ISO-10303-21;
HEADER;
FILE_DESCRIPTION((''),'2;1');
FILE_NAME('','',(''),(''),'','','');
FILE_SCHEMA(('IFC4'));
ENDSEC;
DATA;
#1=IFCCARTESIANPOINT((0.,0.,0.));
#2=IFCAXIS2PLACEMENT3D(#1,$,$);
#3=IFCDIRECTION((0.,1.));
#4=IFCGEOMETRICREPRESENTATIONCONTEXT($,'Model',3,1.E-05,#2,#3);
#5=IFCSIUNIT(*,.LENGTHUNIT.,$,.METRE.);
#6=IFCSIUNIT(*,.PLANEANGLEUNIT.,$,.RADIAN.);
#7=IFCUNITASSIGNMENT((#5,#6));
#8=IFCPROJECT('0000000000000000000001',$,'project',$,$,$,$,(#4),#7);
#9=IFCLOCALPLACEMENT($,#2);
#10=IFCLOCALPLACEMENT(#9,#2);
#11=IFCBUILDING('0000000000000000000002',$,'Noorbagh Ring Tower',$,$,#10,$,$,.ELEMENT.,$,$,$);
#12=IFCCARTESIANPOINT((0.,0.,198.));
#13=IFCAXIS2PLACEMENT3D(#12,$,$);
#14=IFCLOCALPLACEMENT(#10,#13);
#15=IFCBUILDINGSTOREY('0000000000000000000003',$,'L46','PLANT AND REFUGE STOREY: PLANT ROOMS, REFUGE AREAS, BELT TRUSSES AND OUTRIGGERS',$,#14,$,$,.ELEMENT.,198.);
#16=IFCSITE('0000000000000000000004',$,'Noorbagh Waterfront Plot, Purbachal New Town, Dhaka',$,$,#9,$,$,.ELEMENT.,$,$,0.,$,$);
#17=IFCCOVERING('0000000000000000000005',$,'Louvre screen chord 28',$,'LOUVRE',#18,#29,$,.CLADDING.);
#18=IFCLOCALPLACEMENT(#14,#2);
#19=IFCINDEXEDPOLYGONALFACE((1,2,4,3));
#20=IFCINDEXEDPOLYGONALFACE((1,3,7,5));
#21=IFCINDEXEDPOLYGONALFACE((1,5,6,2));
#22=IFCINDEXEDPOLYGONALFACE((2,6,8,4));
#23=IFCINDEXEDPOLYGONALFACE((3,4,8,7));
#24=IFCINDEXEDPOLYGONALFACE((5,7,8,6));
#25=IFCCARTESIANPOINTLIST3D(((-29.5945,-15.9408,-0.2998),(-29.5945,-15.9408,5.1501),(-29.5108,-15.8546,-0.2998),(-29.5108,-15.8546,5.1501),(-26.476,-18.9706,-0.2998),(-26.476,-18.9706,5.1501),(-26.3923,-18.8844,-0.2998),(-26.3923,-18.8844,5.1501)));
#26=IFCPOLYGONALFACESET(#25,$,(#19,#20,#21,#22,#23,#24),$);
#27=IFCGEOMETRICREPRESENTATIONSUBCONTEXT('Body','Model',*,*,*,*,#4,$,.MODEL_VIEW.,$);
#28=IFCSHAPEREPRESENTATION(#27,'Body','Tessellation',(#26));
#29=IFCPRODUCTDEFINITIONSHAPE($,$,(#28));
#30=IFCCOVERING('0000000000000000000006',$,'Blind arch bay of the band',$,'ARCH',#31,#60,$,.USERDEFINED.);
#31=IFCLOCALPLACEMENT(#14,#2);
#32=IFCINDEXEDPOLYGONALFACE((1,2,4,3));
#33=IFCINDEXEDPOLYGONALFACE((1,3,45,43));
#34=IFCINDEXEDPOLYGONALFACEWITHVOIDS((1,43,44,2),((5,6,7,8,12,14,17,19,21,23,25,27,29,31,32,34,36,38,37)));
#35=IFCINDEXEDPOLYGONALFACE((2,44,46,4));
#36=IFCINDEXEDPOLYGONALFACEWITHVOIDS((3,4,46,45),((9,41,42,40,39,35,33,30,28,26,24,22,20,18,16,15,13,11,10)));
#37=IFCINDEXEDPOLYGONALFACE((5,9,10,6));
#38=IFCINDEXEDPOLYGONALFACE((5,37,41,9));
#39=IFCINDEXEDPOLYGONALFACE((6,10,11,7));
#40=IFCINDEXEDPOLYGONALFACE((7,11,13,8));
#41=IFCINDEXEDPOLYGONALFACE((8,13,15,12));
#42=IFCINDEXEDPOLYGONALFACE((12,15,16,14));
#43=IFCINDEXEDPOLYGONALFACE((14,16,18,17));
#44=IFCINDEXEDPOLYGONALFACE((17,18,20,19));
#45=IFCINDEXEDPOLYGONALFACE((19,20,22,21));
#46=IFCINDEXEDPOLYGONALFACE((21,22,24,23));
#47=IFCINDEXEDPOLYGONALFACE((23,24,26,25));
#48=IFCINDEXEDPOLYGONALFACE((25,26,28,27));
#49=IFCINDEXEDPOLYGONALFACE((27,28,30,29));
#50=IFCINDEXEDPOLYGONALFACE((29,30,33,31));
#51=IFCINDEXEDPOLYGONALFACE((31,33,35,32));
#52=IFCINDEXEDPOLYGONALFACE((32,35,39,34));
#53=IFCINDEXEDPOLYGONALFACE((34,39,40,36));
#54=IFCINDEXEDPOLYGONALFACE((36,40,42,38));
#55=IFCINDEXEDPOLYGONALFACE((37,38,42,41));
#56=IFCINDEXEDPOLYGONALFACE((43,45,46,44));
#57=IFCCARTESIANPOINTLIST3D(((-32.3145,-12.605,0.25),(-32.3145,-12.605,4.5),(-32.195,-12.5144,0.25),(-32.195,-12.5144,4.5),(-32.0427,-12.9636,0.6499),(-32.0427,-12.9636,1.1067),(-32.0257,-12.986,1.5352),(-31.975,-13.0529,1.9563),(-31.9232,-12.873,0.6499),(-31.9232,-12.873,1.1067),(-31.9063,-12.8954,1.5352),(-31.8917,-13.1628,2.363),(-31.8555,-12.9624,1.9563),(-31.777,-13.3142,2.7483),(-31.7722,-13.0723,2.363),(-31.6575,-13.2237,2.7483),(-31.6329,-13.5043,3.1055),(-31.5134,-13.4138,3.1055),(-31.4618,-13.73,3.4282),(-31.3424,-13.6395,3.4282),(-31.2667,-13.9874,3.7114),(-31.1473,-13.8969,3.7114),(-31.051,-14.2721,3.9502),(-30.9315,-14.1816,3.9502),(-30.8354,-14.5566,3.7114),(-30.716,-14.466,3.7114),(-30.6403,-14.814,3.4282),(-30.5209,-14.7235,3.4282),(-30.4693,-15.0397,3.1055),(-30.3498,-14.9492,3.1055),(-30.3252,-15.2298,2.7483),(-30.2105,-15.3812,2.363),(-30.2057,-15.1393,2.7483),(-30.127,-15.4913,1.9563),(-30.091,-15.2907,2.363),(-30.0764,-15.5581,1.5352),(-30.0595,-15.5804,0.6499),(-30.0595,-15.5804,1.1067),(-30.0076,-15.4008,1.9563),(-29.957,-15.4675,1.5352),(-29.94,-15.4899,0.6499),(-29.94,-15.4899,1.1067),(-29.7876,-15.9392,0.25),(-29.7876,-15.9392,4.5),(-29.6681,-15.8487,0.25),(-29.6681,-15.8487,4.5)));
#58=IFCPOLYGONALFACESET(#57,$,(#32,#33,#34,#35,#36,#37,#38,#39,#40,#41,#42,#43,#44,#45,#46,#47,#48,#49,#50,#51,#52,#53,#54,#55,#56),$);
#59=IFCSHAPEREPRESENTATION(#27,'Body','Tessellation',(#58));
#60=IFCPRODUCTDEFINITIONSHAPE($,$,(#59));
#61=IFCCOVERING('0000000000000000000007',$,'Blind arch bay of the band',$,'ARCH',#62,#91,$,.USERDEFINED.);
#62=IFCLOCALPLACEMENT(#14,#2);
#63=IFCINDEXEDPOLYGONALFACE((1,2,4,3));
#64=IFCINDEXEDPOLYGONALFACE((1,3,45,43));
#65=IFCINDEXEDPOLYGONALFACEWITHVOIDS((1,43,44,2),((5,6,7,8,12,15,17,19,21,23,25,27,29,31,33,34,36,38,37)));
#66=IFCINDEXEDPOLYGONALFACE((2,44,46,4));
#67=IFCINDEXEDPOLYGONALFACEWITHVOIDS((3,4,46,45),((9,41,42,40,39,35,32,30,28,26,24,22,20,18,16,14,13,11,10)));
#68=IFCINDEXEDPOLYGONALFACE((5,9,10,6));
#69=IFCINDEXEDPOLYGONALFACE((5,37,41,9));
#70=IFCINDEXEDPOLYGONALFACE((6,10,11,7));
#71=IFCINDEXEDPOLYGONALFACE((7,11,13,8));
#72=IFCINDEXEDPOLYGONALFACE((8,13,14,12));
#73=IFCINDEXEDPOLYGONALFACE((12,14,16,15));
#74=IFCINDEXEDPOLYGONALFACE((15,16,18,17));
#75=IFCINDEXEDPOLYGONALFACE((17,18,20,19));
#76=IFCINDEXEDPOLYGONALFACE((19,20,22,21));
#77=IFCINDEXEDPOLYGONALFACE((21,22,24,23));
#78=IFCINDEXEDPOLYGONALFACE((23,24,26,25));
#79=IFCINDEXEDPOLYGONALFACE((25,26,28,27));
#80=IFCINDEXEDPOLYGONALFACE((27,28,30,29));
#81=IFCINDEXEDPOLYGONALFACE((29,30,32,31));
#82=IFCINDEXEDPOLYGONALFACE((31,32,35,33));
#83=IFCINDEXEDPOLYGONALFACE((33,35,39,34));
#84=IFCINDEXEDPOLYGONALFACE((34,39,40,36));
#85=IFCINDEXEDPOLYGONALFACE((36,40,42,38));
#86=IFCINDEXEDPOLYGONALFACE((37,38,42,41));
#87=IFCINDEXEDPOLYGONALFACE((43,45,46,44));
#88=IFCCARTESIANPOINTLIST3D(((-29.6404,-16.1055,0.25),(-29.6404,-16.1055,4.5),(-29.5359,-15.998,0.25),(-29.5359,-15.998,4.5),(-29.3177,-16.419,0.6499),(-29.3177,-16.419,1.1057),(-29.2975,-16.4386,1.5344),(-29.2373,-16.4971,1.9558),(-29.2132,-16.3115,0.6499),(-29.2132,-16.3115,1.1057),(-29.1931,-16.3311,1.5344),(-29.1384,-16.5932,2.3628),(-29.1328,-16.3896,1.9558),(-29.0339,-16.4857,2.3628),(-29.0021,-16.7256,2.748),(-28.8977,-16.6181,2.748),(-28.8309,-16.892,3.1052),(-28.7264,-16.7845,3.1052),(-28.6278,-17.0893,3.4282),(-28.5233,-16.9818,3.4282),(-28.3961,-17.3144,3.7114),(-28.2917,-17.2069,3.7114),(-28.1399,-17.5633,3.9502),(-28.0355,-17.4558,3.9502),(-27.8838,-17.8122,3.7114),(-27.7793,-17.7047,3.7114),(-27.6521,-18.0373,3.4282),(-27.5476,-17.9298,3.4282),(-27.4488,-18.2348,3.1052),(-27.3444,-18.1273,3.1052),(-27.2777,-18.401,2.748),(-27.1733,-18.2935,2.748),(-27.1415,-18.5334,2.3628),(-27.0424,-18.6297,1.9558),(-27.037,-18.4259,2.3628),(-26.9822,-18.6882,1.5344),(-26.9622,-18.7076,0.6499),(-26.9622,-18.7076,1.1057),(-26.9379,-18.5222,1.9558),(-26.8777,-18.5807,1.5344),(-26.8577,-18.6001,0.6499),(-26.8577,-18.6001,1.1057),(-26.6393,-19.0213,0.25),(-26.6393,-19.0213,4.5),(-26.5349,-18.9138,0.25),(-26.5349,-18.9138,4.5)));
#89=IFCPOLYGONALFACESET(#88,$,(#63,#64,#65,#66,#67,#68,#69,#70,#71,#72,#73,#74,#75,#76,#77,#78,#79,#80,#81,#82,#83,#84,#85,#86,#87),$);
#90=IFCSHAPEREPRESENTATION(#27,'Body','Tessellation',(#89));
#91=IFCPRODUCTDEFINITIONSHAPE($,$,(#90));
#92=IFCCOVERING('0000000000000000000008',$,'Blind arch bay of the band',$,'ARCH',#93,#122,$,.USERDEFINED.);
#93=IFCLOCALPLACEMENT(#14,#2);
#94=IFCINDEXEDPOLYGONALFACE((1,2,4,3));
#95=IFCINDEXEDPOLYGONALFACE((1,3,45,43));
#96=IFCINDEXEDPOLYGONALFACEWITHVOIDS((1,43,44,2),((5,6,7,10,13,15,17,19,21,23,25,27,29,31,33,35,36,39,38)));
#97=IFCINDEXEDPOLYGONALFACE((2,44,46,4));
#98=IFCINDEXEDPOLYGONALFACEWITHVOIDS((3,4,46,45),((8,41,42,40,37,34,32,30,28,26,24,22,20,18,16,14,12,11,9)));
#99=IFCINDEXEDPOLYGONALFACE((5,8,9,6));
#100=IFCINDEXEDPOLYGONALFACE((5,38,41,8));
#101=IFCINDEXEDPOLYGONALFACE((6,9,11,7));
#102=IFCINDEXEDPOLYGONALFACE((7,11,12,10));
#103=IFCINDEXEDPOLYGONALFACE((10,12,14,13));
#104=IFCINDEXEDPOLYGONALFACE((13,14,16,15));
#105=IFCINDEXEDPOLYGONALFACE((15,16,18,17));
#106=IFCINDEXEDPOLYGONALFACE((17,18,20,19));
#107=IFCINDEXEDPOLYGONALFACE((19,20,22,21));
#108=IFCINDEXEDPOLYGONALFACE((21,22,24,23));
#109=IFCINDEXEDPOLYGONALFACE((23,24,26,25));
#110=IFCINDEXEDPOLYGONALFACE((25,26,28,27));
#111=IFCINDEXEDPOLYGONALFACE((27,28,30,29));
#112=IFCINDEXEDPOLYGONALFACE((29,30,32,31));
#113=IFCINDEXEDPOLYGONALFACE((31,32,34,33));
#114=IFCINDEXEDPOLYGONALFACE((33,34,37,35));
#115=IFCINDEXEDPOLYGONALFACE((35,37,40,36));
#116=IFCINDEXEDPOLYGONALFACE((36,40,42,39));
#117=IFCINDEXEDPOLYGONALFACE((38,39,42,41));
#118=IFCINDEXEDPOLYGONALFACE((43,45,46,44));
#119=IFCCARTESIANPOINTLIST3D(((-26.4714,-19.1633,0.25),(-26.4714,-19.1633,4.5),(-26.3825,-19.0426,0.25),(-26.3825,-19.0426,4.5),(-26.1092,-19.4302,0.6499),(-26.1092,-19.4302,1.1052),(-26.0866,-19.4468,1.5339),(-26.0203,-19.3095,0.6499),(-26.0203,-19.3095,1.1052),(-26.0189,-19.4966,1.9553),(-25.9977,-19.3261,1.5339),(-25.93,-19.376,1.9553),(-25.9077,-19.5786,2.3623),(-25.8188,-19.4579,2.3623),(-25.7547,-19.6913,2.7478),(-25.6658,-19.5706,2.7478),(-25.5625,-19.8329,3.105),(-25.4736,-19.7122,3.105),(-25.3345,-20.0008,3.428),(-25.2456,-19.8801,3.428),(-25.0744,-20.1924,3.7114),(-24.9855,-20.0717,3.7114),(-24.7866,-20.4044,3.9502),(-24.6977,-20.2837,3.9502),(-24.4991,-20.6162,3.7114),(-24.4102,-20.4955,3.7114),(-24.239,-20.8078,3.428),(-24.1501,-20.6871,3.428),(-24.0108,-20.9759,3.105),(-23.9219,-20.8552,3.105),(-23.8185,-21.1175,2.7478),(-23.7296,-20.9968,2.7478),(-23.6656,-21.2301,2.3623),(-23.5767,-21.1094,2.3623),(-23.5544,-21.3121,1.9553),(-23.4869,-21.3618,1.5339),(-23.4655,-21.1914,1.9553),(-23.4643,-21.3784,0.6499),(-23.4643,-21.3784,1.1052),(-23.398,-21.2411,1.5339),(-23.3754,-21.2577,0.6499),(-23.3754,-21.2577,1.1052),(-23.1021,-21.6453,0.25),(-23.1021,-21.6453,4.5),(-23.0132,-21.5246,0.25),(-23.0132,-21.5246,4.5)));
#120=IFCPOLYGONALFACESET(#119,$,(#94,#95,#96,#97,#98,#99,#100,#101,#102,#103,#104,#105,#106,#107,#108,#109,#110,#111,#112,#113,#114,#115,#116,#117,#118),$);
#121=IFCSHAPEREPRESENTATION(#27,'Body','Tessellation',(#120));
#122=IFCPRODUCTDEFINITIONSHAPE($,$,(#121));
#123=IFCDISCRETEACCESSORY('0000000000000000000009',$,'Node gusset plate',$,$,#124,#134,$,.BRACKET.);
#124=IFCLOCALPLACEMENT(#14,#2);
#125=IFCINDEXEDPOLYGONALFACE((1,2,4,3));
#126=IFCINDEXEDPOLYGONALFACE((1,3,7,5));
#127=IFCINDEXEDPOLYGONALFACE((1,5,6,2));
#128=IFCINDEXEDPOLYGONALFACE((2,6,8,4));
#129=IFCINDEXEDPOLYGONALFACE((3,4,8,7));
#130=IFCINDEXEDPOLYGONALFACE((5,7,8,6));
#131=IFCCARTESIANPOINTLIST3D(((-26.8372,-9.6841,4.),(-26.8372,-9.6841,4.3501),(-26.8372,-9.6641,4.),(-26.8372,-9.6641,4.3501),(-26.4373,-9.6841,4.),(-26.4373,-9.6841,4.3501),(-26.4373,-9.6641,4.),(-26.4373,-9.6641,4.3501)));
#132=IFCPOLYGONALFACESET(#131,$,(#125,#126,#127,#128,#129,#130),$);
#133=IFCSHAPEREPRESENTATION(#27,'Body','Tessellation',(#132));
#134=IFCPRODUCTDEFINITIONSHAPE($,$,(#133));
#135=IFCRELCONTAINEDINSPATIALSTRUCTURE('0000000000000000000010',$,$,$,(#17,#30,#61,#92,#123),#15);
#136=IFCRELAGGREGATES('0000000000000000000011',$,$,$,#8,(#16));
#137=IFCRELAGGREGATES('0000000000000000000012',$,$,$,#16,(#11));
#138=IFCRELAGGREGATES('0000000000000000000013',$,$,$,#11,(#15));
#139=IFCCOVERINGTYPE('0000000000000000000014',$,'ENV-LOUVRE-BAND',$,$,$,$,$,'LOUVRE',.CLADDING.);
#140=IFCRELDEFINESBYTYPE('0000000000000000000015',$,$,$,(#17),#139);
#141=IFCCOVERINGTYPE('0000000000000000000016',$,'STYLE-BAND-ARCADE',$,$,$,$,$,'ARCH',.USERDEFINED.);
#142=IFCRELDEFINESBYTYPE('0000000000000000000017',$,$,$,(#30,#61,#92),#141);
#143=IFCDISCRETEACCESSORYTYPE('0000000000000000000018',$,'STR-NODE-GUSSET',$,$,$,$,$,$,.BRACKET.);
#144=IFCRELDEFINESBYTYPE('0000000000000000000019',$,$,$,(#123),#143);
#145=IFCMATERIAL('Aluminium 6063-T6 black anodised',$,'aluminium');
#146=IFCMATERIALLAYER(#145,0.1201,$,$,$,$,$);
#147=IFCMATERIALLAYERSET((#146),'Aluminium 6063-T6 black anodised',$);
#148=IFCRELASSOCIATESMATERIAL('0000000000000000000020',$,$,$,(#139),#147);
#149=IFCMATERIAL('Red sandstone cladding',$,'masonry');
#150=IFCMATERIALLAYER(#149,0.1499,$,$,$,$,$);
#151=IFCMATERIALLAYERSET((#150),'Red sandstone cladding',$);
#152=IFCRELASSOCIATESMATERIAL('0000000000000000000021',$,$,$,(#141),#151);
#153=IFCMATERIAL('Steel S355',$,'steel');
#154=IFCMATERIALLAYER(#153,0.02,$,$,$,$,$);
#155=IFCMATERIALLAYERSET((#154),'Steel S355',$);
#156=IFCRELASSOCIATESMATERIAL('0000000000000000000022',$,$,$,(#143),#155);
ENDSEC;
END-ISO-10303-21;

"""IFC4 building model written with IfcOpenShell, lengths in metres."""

from ifc_helpers import new_model, si_unit, direction, frame, origin, origin_2d, place, context, subcontext, project, spatial, polyline, rectangle, outline, extrude, material, layer, layer_set, type_object, element, save


model = new_model("IFC4")

# Units and contexts
model_context = context("Model", 3, precision=1e-05, world=origin(), true_north=direction((0.0, 1.0)))
body_context = subcontext(model_context, "Body", "Model", "MODEL_VIEW")
ifc_project = project(units=[si_unit("LENGTHUNIT", "METRE"), si_unit("PLANEANGLEUNIT", "RADIAN")], contexts=[model_context])

# Site, building, storey
site_placement = place(None, origin())
site = spatial("IfcSite", under=ifc_project, at=site_placement, Name="Noorbagh Waterfront Plot, Purbachal New Town, Dhaka", CompositionType="ELEMENT", RefElevation=0.0)
building_placement = place(site_placement, origin())
building = spatial("IfcBuilding", under=site, at=building_placement, Name="Noorbagh Ring Tower", CompositionType="ELEMENT")
storey_placement = place(building_placement, frame((0.0, 0.0, 198.0)))
storey = spatial("IfcBuildingStorey", under=building, at=storey_placement, Name="L46", Description="PLANT AND REFUGE STOREY: PLANT ROOMS, REFUGE AREAS, BELT TRUSSES AND OUTRIGGERS", CompositionType="ELEMENT", Elevation=198.0)

# Coverings
ifc_material_1 = material(Name="Aluminium 6063-T6 black anodised", Category="aluminium")
ifc_layer_1 = layer(ifc_material_1, 0.1201)
ifc_layer_set_1 = layer_set([ifc_layer_1], Name="Aluminium 6063-T6 black anodised")
covering_type_1 = type_object("IfcCoveringType", Name="ENV-LOUVRE-BAND", ElementType="LOUVRE", PredefinedType="CLADDING", material=ifc_layer_set_1)
covering_1_placement = place(storey_placement, frame((-27.9934, -17.4126, -0.2998), z_axis=(0.0, 0.0, 1.0), x_axis=(0.717225, -0.696842, 0.0)))
element("IfcCovering", 1, at=covering_1_placement, inside=storey, type_object=covering_type_1, Name="Louvre screen chord 28", ObjectType="LOUVRE", PredefinedType="CLADDING", context=body_context, shape_type="SweptSolid", body=[
    extrude(rectangle(XDim=4.3479, YDim=0.1201, at=origin_2d()), origin(), (0.0, 0.0, 1.0), 5.45),
])
ifc_material_2 = material(Name="Red sandstone cladding", Category="masonry")
ifc_layer_2 = layer(ifc_material_2, 0.1499)
ifc_layer_set_2 = layer_set([ifc_layer_2], Name="Red sandstone cladding")
covering_type_2 = type_object("IfcCoveringType", Name="STYLE-BAND-ARCADE", ElementType="ARCH", PredefinedType="USERDEFINED", material=ifc_layer_set_2)
covering_2_placement = place(storey_placement, frame((-32.3145, -12.605, 0.25), z_axis=(-0.796986, -0.603998, 0.0), x_axis=(0.603998, -0.796986, 0.0)))
element("IfcCovering", 2, at=covering_2_placement, inside=storey, type_object=covering_type_2, Name="Blind arch bay of the band", ObjectType="ARCH", PredefinedType="USERDEFINED", context=body_context, shape_type="SweptSolid", body=[
    extrude(outline(polyline([(0.0, 0.0), (4.1836, 0.0), (4.1836, 4.25), (0.0, 4.25), (0.0, 0.0)]), holes=[polyline([(0.45, 0.3999), (0.45, 0.8567), (0.478, 1.2852), (0.562, 1.7063), (0.7, 2.113), (0.8899, 2.4983), (1.1284, 2.8555), (1.4116, 3.1782), (1.7346, 3.4614), (2.0918, 3.7002), (2.4487, 3.4614), (2.7717, 3.1782), (3.0549, 2.8555), (3.2935, 2.4983), (3.4834, 2.113), (3.6216, 1.7063), (3.7053, 1.2852), (3.7334, 0.8567), (3.7334, 0.3999), (0.45, 0.3999)])]), origin(), (0.0, 0.0, -1.0), 0.1499),
])
covering_3_placement = place(storey_placement, frame((-29.6404, -16.1055, 0.25), z_axis=(-0.696852, -0.717215, 0.0), x_axis=(0.717215, -0.696852, 0.0)))
element("IfcCovering", 3, at=covering_3_placement, inside=storey, type_object=covering_type_2, Name="Blind arch bay of the band", ObjectType="ARCH", PredefinedType="USERDEFINED", context=body_context, shape_type="SweptSolid", body=[
    extrude(outline(polyline([(0.0, 0.0), (4.1843, 0.0), (4.1843, 4.25), (0.0, 4.25), (0.0, 0.0)]), holes=[polyline([(0.45, 0.3999), (0.45, 0.8557), (0.478, 1.2844), (0.562, 1.7058), (0.7, 2.1128), (0.8899, 2.498), (1.1287, 2.8552), (1.4119, 3.1782), (1.7349, 3.4614), (2.092, 3.7002), (2.4492, 3.4614), (2.7722, 3.1782), (3.0557, 2.8552), (3.2942, 2.498), (3.4841, 2.1128), (3.6223, 1.7058), (3.7063, 1.2844), (3.7341, 0.8557), (3.7341, 0.3999), (0.45, 0.3999)])]), origin(), (0.0, 0.0, -1.0), 0.1499),
])
covering_4_placement = place(storey_placement, frame((-26.4714, -19.1633, 0.25), z_axis=(-0.59308, -0.805144, 0.0), x_axis=(0.805144, -0.59308, 0.0)))
element("IfcCovering", 4, at=covering_4_placement, inside=storey, type_object=covering_type_2, Name="Blind arch bay of the band", ObjectType="ARCH", PredefinedType="USERDEFINED", context=body_context, shape_type="SweptSolid", body=[
    extrude(outline(polyline([(0.0, 0.0), (4.1848, 0.0), (4.1848, 4.25), (0.0, 4.25), (0.0, 0.0)]), holes=[polyline([(0.45, 0.3999), (0.45, 0.8552), (0.478, 1.2839), (0.562, 1.7053), (0.7002, 2.1123), (0.8901, 2.4978), (1.1289, 2.855), (1.4121, 3.178), (1.7351, 3.4614), (2.0925, 3.7002), (2.4497, 3.4614), (2.7727, 3.178), (3.0562, 2.855), (3.2949, 2.4978), (3.4849, 2.1123), (3.623, 1.7053), (3.7068, 1.2839), (3.7349, 0.8552), (3.7349, 0.3999), (0.45, 0.3999)])]), origin(), (0.0, 0.0, -1.0), 0.1499),
])

# Discrete accessory
ifc_material_3 = material(Name="Steel S355", Category="steel")
ifc_layer_3 = layer(ifc_material_3, 0.02)
ifc_layer_set_3 = layer_set([ifc_layer_3], Name="Steel S355")
discrete_accessory_type = type_object("IfcDiscreteAccessoryType", Name="STR-NODE-GUSSET", PredefinedType="BRACKET", material=ifc_layer_set_3)
discrete_accessory_placement = place(storey_placement, frame((-26.6372, -9.6741, 4.0), z_axis=(0.0, 0.0, 1.0), x_axis=(1.0, 0.0, 0.0)))
element("IfcDiscreteAccessory", 5, at=discrete_accessory_placement, inside=storey, type_object=discrete_accessory_type, Name="Node gusset plate", PredefinedType="BRACKET", context=body_context, shape_type="SweptSolid", body=[
    extrude(rectangle(XDim=0.3999, YDim=0.02, at=origin_2d()), origin(), (0.0, 0.0, 1.0), 0.3501),
])

save(model, "model.ifc")
